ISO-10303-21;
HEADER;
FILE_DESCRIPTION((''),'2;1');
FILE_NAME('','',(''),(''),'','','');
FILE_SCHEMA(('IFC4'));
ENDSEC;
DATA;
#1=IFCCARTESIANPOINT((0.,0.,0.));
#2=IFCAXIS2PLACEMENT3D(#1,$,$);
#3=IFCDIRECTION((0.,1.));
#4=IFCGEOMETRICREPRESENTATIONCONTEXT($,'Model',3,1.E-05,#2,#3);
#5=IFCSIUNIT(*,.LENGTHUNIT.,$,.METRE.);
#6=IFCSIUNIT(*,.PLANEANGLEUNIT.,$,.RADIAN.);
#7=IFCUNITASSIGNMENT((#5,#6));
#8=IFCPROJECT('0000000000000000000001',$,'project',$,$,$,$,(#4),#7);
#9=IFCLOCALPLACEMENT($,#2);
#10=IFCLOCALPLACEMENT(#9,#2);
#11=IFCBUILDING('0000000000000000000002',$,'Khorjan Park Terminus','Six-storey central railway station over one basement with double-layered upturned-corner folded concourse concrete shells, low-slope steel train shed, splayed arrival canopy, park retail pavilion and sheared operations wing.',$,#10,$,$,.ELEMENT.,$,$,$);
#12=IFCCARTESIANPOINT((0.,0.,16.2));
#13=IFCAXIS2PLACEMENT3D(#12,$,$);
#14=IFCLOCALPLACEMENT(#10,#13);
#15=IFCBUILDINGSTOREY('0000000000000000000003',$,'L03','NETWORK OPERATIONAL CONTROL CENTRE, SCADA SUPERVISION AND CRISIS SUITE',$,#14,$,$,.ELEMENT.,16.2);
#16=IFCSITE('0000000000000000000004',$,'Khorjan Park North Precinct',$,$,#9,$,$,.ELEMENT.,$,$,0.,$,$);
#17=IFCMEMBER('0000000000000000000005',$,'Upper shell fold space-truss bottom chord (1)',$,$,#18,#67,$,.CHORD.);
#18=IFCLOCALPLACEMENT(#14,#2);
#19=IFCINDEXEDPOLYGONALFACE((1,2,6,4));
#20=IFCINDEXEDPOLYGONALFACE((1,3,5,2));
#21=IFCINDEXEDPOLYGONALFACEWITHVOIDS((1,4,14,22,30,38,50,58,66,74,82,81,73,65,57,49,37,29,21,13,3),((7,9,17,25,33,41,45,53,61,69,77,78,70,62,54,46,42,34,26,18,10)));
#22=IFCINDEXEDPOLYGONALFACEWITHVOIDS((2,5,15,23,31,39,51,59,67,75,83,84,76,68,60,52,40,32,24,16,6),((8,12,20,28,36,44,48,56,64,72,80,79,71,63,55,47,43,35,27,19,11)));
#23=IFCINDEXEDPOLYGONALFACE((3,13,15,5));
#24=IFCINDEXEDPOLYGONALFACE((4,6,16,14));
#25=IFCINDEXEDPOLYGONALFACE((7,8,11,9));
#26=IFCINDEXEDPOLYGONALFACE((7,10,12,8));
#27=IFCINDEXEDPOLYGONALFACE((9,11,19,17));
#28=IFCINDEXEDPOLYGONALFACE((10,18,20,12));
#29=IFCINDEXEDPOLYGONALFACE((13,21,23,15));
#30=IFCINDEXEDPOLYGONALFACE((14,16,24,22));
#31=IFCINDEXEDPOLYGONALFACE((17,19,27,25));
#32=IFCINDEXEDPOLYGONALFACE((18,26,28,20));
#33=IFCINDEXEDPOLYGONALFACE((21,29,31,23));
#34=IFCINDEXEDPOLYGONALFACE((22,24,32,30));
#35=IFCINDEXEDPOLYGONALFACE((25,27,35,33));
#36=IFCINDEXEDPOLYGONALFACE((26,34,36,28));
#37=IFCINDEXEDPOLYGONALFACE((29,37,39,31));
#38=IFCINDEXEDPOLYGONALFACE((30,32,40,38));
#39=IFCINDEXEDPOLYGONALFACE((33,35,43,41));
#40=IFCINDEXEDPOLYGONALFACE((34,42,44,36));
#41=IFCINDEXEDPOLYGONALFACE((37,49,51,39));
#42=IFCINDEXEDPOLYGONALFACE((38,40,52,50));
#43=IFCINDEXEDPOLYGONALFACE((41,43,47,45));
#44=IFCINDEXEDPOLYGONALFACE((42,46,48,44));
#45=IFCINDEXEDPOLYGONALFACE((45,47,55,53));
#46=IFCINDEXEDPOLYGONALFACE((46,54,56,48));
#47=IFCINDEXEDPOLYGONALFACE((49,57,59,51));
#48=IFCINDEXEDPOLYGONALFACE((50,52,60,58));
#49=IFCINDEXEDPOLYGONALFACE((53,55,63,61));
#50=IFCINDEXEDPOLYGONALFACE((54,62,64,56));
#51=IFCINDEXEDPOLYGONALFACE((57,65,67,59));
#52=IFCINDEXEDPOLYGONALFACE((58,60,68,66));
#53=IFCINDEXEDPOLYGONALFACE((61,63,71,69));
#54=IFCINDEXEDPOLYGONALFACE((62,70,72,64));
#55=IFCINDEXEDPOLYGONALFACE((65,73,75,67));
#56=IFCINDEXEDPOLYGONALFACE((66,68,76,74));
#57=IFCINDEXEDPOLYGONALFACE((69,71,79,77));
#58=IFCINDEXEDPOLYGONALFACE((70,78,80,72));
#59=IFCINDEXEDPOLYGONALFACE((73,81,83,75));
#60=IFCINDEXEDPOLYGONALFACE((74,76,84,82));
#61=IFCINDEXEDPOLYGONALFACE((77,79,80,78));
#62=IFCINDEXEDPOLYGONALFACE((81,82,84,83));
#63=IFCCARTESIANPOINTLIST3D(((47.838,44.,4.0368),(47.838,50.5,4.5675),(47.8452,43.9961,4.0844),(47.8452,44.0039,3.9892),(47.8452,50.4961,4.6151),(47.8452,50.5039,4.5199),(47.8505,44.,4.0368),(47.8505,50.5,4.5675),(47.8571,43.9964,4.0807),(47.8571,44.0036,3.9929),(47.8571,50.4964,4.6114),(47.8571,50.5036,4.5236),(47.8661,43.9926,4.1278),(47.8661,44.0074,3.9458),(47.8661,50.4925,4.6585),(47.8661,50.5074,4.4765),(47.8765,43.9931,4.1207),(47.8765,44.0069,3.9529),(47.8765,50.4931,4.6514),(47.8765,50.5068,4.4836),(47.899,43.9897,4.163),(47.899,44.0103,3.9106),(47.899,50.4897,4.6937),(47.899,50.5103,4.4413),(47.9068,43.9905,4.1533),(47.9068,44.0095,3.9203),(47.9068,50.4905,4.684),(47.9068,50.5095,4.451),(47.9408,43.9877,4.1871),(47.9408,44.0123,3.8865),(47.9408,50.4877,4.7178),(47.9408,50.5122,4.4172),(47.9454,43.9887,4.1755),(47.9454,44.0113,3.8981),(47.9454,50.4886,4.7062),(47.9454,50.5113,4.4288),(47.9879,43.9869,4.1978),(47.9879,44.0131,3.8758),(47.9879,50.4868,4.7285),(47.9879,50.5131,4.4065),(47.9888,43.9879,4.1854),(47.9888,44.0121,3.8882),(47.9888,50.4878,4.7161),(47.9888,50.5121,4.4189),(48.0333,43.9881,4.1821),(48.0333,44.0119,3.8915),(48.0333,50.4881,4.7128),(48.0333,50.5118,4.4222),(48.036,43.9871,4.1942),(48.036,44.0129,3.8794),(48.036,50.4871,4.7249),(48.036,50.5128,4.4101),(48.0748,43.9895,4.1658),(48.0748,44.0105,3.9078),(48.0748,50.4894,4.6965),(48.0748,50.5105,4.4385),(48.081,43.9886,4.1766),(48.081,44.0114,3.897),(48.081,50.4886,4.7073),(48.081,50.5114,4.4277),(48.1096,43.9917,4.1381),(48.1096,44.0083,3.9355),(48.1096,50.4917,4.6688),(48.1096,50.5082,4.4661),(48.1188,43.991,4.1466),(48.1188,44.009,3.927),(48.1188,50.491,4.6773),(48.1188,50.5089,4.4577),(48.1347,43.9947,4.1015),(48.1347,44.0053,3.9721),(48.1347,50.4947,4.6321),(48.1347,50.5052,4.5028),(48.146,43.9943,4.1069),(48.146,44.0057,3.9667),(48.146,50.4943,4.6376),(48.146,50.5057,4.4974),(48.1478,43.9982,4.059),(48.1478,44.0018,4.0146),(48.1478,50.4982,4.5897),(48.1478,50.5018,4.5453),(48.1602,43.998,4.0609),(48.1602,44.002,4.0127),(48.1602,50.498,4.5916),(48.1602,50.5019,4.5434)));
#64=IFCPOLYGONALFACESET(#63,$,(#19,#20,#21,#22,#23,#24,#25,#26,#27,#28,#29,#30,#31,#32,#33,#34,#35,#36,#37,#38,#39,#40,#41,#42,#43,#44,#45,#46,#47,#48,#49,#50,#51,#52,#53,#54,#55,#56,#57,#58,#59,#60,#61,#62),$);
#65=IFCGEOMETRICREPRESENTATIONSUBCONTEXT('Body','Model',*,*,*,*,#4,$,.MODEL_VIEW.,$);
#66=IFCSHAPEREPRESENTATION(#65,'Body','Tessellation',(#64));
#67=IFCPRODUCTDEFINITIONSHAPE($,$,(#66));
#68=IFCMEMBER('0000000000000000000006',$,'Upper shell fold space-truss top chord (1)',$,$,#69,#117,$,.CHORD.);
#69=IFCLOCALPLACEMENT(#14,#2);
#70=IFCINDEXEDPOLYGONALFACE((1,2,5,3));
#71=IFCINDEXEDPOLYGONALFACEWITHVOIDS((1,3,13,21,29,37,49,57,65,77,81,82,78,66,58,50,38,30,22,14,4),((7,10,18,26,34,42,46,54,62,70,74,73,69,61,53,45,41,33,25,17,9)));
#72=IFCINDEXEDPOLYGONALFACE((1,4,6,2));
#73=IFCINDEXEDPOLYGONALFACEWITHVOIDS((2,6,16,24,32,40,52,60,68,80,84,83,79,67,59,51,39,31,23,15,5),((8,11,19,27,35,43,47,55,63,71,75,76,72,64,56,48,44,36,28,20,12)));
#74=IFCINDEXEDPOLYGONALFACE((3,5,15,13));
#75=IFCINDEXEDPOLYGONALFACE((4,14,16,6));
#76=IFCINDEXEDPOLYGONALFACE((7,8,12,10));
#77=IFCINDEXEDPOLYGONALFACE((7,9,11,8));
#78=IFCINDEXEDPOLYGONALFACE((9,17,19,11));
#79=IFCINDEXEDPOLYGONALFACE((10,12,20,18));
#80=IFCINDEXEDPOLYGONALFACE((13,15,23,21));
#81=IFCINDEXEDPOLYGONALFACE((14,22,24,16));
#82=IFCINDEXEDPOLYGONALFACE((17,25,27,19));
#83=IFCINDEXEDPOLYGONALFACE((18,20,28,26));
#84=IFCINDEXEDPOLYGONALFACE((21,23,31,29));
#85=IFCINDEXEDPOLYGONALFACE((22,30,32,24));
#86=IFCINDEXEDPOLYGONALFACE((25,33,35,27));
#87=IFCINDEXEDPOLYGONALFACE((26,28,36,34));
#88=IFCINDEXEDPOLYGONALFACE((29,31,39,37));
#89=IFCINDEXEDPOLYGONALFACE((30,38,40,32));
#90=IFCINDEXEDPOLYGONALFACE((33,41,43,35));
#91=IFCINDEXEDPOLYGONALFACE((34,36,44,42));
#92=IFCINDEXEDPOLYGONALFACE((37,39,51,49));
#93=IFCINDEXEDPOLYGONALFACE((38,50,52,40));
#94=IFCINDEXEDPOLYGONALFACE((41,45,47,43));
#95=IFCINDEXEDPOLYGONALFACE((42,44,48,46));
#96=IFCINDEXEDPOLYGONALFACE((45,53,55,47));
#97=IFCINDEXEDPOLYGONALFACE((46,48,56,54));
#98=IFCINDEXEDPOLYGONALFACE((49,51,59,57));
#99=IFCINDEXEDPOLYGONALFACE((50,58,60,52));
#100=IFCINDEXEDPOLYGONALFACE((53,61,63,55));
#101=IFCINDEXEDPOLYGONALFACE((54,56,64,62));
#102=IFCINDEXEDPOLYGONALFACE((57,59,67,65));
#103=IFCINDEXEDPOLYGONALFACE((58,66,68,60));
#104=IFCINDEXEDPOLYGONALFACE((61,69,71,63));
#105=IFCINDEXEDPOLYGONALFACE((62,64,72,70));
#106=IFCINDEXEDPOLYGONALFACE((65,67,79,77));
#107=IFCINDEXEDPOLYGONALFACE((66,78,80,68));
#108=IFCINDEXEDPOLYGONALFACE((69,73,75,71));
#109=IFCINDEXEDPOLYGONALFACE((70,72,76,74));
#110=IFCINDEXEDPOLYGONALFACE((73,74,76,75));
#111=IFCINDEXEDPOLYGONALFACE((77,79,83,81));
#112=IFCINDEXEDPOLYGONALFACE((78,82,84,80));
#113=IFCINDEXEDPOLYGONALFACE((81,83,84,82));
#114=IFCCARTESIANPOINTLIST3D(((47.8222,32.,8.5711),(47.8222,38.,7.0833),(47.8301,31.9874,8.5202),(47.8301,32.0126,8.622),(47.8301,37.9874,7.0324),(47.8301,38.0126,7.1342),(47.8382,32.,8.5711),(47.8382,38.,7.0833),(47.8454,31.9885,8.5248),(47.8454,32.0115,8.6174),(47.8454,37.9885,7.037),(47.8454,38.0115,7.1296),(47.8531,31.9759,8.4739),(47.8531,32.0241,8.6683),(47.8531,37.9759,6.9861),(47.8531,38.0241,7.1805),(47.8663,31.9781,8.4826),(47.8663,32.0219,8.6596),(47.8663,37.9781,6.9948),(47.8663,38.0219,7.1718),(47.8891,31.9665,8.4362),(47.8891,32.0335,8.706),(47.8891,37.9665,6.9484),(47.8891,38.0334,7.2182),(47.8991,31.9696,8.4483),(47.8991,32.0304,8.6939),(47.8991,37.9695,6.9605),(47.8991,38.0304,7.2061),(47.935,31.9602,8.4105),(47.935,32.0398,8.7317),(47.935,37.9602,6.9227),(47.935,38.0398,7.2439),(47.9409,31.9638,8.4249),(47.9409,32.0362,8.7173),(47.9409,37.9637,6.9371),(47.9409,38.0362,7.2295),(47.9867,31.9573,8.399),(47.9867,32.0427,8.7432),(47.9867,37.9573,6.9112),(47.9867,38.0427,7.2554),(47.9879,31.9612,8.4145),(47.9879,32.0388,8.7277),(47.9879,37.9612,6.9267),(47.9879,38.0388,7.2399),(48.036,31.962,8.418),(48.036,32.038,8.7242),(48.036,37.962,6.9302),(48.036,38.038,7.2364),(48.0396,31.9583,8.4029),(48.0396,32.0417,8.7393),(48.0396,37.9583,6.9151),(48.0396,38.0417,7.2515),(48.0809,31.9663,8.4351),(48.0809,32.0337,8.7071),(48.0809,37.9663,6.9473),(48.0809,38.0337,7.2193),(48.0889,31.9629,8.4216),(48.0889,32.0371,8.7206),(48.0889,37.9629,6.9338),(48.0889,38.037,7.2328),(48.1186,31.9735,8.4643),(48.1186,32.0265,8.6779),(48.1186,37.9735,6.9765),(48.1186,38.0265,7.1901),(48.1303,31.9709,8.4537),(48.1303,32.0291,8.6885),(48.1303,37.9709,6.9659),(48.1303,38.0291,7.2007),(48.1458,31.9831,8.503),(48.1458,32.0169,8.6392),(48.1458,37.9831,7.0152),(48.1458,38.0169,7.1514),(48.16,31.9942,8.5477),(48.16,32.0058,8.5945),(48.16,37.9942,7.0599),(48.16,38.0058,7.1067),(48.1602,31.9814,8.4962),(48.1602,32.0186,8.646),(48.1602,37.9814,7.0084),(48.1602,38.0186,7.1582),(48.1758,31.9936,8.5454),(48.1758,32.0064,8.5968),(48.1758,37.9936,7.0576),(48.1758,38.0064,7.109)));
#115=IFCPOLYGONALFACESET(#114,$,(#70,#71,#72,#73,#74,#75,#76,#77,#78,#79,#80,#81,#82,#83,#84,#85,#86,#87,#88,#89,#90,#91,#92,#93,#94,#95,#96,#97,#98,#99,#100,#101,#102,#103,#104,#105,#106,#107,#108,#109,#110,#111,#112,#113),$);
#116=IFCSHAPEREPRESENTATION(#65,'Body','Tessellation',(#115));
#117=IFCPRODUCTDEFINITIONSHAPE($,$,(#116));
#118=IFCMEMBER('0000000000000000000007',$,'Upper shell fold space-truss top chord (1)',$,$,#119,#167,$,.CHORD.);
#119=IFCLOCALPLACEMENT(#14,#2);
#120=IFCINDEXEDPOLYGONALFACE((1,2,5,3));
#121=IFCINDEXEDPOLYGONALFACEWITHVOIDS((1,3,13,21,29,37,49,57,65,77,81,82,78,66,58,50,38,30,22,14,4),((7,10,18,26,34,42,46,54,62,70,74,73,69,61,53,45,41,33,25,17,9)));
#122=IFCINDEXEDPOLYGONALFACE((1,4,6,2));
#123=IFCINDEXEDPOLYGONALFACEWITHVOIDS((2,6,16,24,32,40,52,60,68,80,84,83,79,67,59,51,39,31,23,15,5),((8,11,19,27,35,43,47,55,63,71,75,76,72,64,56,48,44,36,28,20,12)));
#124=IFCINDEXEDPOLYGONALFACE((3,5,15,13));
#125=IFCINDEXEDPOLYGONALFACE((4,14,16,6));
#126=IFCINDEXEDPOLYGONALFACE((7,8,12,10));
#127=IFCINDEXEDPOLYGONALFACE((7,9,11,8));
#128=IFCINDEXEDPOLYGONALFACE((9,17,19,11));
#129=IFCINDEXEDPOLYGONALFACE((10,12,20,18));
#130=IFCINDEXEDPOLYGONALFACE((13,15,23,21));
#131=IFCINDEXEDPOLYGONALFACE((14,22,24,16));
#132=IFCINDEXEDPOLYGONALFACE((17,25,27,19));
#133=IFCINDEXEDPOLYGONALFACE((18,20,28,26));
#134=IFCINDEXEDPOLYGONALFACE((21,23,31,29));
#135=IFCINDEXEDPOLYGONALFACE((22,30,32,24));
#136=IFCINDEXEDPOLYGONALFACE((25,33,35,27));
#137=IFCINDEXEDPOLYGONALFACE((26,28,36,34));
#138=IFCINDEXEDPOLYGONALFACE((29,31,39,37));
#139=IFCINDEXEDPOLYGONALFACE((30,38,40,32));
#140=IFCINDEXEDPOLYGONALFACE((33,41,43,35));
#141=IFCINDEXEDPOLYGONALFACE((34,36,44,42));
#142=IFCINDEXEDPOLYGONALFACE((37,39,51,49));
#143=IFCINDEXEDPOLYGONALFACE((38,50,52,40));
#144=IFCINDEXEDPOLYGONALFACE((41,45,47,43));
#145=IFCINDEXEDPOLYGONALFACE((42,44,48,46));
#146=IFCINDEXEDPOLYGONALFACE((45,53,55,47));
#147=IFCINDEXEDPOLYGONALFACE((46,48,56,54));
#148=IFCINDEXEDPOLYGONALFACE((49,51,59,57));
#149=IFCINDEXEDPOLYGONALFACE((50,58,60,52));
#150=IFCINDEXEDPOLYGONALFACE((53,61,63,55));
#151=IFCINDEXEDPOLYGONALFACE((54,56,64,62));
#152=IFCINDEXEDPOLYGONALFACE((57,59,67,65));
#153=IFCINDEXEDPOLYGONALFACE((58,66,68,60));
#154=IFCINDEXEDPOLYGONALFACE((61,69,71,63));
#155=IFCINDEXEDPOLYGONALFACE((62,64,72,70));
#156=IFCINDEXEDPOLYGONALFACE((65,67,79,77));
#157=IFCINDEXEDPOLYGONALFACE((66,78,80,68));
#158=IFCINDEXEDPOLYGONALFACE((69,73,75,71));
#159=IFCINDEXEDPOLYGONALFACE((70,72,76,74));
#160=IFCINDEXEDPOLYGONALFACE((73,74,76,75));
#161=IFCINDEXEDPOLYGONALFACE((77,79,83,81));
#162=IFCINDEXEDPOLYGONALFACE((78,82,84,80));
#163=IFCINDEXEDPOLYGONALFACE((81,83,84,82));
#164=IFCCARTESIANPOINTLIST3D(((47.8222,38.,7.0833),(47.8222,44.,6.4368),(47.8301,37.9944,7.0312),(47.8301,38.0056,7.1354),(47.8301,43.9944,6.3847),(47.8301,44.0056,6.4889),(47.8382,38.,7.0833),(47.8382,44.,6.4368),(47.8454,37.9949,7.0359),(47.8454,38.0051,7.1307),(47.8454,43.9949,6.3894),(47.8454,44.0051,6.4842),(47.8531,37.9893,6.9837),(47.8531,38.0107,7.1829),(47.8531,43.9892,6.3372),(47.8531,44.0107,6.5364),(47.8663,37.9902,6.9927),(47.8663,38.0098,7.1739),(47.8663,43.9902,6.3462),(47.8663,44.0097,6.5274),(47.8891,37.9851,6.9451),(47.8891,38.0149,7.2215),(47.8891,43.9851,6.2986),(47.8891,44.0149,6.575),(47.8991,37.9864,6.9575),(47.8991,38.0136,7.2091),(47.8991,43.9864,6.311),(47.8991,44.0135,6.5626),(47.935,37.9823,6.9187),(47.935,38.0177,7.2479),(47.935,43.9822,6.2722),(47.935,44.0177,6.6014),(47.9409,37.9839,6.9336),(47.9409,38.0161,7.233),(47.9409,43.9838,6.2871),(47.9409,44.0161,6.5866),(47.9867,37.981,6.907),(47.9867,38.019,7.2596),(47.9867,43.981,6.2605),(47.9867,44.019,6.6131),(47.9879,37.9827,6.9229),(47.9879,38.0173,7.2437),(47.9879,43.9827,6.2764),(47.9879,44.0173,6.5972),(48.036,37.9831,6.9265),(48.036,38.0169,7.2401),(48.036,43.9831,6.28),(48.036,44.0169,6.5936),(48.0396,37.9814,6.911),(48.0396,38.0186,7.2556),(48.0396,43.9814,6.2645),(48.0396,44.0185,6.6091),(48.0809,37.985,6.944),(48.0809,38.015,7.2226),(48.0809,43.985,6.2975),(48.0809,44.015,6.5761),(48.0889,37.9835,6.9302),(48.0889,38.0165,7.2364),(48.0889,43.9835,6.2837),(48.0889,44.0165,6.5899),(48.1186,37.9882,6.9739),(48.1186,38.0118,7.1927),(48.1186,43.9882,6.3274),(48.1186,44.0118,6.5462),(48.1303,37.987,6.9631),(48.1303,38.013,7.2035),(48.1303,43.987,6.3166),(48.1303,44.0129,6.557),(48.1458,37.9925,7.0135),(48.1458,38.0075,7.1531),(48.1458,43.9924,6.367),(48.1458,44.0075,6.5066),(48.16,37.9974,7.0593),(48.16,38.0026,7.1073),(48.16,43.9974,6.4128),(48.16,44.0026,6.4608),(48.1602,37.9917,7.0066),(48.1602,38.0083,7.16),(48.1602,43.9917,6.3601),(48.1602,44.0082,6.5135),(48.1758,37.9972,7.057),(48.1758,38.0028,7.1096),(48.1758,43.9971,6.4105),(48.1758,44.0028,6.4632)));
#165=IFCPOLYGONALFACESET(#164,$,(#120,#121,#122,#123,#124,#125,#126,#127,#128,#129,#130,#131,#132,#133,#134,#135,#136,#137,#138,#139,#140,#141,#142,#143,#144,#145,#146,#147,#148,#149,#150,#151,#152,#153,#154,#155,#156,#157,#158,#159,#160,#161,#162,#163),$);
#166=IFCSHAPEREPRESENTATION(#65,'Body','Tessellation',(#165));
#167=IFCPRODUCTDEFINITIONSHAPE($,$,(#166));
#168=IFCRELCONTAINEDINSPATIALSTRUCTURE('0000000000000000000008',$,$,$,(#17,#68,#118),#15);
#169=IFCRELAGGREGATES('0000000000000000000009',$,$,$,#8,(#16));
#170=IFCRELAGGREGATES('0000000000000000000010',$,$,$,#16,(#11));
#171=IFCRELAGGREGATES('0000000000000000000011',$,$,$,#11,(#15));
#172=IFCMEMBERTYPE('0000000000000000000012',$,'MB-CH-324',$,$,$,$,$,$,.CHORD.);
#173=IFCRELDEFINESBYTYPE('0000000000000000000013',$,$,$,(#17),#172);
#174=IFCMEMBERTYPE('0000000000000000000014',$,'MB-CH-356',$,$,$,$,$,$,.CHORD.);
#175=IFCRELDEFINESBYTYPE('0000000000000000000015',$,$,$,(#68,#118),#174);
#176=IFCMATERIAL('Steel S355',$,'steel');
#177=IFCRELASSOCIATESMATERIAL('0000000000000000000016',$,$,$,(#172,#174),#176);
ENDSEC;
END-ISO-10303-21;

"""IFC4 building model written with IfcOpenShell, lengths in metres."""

from ifc_helpers import new_model, si_unit, direction, frame, origin, origin_2d, place, context, subcontext, project, spatial, hollow_circle, extrude, material, material_profile, profile_set, type_object, element, save


model = new_model("IFC4")

# Units and contexts
model_context = context("Model", 3, precision=1e-05, world=origin(), true_north=direction((0.0, 1.0)))
body_context = subcontext(model_context, "Body", "Model", "MODEL_VIEW")
ifc_project = project(units=[si_unit("LENGTHUNIT", "METRE"), si_unit("PLANEANGLEUNIT", "RADIAN")], contexts=[model_context])

# Site, building, storey
site_placement = place(None, origin())
site = spatial("IfcSite", under=ifc_project, at=site_placement, Name="Khorjan Park North Precinct", CompositionType="ELEMENT", RefElevation=0.0)
building_placement = place(site_placement, origin())
building = spatial("IfcBuilding", under=site, at=building_placement, Name="Khorjan Park Terminus", Description="Six-storey central railway station over one basement with double-layered upturned-corner folded concourse concrete shells, low-slope steel train shed, splayed arrival canopy, park retail pavilion and sheared operations wing.", CompositionType="ELEMENT")
storey_placement = place(building_placement, frame((0.0, 0.0, 16.2)))
storey = spatial("IfcBuildingStorey", under=building, at=storey_placement, Name="L03", Description="NETWORK OPERATIONAL CONTROL CENTRE, SCADA SUPERVISION AND CRISIS SUITE", CompositionType="ELEMENT", Elevation=16.2)

# Members
ifc_material_1 = material(Name="Steel S355", Category="steel")
ifc_material_profile_1 = material_profile(ifc_material_1, hollow_circle(Radius=0.162, WallThickness=0.0125, at=origin_2d()), Name="CHS 323.9x12.5")
ifc_profile_set_1 = profile_set([ifc_material_profile_1], Name="Steel S355")
member_type_1 = type_object("IfcMemberType", Name="MB-CH-324", PredefinedType="CHORD", material=ifc_profile_set_1)
member_1_placement = place(storey_placement, frame((48.0, 44.0, 4.0368), z_axis=(0.0, 0.996684, 0.081375), x_axis=(-1.0, 0.0, 0.0)))
element("IfcMember", 1, at=member_1_placement, inside=storey, type_object=member_type_1, Name="Upper shell fold space-truss bottom chord (1)", PredefinedType="CHORD", context=body_context, shape_type="SweptSolid", body=[
    extrude(hollow_circle(Radius=0.162, WallThickness=0.0125, at=origin_2d()), origin(), (0.0, 0.0, 1.0), 6.5216),
])
ifc_material_profile_2 = material_profile(ifc_material_1, hollow_circle(Radius=0.1778, WallThickness=0.016, at=origin_2d()), Name="CHS 355.6x16")
ifc_profile_set_2 = profile_set([ifc_material_profile_2], Name="Steel S355")
member_type_2 = type_object("IfcMemberType", Name="MB-CH-356", PredefinedType="CHORD", material=ifc_profile_set_2)
member_2_placement = place(storey_placement, frame((48.0, 32.0, 8.5711), z_axis=(0.0, 0.970605, -0.240678), x_axis=(-1.0, 0.0, 0.0)))
element("IfcMember", 2, at=member_2_placement, inside=storey, type_object=member_type_2, Name="Upper shell fold space-truss top chord (1)", PredefinedType="CHORD", context=body_context, shape_type="SweptSolid", body=[
    extrude(hollow_circle(Radius=0.1778, WallThickness=0.016, at=origin_2d()), origin(), (0.0, 0.0, 1.0), 6.1817),
])
member_3_placement = place(storey_placement, frame((48.0, 38.0, 7.0833), z_axis=(0.0, 0.994245, -0.10713), x_axis=(-1.0, 0.0, 0.0)))
element("IfcMember", 3, at=member_3_placement, inside=storey, type_object=member_type_2, Name="Upper shell fold space-truss top chord (1)", PredefinedType="CHORD", context=body_context, shape_type="SweptSolid", body=[
    extrude(hollow_circle(Radius=0.1778, WallThickness=0.016, at=origin_2d()), origin(), (0.0, 0.0, 1.0), 6.0347),
])

save(model, "model.ifc")
